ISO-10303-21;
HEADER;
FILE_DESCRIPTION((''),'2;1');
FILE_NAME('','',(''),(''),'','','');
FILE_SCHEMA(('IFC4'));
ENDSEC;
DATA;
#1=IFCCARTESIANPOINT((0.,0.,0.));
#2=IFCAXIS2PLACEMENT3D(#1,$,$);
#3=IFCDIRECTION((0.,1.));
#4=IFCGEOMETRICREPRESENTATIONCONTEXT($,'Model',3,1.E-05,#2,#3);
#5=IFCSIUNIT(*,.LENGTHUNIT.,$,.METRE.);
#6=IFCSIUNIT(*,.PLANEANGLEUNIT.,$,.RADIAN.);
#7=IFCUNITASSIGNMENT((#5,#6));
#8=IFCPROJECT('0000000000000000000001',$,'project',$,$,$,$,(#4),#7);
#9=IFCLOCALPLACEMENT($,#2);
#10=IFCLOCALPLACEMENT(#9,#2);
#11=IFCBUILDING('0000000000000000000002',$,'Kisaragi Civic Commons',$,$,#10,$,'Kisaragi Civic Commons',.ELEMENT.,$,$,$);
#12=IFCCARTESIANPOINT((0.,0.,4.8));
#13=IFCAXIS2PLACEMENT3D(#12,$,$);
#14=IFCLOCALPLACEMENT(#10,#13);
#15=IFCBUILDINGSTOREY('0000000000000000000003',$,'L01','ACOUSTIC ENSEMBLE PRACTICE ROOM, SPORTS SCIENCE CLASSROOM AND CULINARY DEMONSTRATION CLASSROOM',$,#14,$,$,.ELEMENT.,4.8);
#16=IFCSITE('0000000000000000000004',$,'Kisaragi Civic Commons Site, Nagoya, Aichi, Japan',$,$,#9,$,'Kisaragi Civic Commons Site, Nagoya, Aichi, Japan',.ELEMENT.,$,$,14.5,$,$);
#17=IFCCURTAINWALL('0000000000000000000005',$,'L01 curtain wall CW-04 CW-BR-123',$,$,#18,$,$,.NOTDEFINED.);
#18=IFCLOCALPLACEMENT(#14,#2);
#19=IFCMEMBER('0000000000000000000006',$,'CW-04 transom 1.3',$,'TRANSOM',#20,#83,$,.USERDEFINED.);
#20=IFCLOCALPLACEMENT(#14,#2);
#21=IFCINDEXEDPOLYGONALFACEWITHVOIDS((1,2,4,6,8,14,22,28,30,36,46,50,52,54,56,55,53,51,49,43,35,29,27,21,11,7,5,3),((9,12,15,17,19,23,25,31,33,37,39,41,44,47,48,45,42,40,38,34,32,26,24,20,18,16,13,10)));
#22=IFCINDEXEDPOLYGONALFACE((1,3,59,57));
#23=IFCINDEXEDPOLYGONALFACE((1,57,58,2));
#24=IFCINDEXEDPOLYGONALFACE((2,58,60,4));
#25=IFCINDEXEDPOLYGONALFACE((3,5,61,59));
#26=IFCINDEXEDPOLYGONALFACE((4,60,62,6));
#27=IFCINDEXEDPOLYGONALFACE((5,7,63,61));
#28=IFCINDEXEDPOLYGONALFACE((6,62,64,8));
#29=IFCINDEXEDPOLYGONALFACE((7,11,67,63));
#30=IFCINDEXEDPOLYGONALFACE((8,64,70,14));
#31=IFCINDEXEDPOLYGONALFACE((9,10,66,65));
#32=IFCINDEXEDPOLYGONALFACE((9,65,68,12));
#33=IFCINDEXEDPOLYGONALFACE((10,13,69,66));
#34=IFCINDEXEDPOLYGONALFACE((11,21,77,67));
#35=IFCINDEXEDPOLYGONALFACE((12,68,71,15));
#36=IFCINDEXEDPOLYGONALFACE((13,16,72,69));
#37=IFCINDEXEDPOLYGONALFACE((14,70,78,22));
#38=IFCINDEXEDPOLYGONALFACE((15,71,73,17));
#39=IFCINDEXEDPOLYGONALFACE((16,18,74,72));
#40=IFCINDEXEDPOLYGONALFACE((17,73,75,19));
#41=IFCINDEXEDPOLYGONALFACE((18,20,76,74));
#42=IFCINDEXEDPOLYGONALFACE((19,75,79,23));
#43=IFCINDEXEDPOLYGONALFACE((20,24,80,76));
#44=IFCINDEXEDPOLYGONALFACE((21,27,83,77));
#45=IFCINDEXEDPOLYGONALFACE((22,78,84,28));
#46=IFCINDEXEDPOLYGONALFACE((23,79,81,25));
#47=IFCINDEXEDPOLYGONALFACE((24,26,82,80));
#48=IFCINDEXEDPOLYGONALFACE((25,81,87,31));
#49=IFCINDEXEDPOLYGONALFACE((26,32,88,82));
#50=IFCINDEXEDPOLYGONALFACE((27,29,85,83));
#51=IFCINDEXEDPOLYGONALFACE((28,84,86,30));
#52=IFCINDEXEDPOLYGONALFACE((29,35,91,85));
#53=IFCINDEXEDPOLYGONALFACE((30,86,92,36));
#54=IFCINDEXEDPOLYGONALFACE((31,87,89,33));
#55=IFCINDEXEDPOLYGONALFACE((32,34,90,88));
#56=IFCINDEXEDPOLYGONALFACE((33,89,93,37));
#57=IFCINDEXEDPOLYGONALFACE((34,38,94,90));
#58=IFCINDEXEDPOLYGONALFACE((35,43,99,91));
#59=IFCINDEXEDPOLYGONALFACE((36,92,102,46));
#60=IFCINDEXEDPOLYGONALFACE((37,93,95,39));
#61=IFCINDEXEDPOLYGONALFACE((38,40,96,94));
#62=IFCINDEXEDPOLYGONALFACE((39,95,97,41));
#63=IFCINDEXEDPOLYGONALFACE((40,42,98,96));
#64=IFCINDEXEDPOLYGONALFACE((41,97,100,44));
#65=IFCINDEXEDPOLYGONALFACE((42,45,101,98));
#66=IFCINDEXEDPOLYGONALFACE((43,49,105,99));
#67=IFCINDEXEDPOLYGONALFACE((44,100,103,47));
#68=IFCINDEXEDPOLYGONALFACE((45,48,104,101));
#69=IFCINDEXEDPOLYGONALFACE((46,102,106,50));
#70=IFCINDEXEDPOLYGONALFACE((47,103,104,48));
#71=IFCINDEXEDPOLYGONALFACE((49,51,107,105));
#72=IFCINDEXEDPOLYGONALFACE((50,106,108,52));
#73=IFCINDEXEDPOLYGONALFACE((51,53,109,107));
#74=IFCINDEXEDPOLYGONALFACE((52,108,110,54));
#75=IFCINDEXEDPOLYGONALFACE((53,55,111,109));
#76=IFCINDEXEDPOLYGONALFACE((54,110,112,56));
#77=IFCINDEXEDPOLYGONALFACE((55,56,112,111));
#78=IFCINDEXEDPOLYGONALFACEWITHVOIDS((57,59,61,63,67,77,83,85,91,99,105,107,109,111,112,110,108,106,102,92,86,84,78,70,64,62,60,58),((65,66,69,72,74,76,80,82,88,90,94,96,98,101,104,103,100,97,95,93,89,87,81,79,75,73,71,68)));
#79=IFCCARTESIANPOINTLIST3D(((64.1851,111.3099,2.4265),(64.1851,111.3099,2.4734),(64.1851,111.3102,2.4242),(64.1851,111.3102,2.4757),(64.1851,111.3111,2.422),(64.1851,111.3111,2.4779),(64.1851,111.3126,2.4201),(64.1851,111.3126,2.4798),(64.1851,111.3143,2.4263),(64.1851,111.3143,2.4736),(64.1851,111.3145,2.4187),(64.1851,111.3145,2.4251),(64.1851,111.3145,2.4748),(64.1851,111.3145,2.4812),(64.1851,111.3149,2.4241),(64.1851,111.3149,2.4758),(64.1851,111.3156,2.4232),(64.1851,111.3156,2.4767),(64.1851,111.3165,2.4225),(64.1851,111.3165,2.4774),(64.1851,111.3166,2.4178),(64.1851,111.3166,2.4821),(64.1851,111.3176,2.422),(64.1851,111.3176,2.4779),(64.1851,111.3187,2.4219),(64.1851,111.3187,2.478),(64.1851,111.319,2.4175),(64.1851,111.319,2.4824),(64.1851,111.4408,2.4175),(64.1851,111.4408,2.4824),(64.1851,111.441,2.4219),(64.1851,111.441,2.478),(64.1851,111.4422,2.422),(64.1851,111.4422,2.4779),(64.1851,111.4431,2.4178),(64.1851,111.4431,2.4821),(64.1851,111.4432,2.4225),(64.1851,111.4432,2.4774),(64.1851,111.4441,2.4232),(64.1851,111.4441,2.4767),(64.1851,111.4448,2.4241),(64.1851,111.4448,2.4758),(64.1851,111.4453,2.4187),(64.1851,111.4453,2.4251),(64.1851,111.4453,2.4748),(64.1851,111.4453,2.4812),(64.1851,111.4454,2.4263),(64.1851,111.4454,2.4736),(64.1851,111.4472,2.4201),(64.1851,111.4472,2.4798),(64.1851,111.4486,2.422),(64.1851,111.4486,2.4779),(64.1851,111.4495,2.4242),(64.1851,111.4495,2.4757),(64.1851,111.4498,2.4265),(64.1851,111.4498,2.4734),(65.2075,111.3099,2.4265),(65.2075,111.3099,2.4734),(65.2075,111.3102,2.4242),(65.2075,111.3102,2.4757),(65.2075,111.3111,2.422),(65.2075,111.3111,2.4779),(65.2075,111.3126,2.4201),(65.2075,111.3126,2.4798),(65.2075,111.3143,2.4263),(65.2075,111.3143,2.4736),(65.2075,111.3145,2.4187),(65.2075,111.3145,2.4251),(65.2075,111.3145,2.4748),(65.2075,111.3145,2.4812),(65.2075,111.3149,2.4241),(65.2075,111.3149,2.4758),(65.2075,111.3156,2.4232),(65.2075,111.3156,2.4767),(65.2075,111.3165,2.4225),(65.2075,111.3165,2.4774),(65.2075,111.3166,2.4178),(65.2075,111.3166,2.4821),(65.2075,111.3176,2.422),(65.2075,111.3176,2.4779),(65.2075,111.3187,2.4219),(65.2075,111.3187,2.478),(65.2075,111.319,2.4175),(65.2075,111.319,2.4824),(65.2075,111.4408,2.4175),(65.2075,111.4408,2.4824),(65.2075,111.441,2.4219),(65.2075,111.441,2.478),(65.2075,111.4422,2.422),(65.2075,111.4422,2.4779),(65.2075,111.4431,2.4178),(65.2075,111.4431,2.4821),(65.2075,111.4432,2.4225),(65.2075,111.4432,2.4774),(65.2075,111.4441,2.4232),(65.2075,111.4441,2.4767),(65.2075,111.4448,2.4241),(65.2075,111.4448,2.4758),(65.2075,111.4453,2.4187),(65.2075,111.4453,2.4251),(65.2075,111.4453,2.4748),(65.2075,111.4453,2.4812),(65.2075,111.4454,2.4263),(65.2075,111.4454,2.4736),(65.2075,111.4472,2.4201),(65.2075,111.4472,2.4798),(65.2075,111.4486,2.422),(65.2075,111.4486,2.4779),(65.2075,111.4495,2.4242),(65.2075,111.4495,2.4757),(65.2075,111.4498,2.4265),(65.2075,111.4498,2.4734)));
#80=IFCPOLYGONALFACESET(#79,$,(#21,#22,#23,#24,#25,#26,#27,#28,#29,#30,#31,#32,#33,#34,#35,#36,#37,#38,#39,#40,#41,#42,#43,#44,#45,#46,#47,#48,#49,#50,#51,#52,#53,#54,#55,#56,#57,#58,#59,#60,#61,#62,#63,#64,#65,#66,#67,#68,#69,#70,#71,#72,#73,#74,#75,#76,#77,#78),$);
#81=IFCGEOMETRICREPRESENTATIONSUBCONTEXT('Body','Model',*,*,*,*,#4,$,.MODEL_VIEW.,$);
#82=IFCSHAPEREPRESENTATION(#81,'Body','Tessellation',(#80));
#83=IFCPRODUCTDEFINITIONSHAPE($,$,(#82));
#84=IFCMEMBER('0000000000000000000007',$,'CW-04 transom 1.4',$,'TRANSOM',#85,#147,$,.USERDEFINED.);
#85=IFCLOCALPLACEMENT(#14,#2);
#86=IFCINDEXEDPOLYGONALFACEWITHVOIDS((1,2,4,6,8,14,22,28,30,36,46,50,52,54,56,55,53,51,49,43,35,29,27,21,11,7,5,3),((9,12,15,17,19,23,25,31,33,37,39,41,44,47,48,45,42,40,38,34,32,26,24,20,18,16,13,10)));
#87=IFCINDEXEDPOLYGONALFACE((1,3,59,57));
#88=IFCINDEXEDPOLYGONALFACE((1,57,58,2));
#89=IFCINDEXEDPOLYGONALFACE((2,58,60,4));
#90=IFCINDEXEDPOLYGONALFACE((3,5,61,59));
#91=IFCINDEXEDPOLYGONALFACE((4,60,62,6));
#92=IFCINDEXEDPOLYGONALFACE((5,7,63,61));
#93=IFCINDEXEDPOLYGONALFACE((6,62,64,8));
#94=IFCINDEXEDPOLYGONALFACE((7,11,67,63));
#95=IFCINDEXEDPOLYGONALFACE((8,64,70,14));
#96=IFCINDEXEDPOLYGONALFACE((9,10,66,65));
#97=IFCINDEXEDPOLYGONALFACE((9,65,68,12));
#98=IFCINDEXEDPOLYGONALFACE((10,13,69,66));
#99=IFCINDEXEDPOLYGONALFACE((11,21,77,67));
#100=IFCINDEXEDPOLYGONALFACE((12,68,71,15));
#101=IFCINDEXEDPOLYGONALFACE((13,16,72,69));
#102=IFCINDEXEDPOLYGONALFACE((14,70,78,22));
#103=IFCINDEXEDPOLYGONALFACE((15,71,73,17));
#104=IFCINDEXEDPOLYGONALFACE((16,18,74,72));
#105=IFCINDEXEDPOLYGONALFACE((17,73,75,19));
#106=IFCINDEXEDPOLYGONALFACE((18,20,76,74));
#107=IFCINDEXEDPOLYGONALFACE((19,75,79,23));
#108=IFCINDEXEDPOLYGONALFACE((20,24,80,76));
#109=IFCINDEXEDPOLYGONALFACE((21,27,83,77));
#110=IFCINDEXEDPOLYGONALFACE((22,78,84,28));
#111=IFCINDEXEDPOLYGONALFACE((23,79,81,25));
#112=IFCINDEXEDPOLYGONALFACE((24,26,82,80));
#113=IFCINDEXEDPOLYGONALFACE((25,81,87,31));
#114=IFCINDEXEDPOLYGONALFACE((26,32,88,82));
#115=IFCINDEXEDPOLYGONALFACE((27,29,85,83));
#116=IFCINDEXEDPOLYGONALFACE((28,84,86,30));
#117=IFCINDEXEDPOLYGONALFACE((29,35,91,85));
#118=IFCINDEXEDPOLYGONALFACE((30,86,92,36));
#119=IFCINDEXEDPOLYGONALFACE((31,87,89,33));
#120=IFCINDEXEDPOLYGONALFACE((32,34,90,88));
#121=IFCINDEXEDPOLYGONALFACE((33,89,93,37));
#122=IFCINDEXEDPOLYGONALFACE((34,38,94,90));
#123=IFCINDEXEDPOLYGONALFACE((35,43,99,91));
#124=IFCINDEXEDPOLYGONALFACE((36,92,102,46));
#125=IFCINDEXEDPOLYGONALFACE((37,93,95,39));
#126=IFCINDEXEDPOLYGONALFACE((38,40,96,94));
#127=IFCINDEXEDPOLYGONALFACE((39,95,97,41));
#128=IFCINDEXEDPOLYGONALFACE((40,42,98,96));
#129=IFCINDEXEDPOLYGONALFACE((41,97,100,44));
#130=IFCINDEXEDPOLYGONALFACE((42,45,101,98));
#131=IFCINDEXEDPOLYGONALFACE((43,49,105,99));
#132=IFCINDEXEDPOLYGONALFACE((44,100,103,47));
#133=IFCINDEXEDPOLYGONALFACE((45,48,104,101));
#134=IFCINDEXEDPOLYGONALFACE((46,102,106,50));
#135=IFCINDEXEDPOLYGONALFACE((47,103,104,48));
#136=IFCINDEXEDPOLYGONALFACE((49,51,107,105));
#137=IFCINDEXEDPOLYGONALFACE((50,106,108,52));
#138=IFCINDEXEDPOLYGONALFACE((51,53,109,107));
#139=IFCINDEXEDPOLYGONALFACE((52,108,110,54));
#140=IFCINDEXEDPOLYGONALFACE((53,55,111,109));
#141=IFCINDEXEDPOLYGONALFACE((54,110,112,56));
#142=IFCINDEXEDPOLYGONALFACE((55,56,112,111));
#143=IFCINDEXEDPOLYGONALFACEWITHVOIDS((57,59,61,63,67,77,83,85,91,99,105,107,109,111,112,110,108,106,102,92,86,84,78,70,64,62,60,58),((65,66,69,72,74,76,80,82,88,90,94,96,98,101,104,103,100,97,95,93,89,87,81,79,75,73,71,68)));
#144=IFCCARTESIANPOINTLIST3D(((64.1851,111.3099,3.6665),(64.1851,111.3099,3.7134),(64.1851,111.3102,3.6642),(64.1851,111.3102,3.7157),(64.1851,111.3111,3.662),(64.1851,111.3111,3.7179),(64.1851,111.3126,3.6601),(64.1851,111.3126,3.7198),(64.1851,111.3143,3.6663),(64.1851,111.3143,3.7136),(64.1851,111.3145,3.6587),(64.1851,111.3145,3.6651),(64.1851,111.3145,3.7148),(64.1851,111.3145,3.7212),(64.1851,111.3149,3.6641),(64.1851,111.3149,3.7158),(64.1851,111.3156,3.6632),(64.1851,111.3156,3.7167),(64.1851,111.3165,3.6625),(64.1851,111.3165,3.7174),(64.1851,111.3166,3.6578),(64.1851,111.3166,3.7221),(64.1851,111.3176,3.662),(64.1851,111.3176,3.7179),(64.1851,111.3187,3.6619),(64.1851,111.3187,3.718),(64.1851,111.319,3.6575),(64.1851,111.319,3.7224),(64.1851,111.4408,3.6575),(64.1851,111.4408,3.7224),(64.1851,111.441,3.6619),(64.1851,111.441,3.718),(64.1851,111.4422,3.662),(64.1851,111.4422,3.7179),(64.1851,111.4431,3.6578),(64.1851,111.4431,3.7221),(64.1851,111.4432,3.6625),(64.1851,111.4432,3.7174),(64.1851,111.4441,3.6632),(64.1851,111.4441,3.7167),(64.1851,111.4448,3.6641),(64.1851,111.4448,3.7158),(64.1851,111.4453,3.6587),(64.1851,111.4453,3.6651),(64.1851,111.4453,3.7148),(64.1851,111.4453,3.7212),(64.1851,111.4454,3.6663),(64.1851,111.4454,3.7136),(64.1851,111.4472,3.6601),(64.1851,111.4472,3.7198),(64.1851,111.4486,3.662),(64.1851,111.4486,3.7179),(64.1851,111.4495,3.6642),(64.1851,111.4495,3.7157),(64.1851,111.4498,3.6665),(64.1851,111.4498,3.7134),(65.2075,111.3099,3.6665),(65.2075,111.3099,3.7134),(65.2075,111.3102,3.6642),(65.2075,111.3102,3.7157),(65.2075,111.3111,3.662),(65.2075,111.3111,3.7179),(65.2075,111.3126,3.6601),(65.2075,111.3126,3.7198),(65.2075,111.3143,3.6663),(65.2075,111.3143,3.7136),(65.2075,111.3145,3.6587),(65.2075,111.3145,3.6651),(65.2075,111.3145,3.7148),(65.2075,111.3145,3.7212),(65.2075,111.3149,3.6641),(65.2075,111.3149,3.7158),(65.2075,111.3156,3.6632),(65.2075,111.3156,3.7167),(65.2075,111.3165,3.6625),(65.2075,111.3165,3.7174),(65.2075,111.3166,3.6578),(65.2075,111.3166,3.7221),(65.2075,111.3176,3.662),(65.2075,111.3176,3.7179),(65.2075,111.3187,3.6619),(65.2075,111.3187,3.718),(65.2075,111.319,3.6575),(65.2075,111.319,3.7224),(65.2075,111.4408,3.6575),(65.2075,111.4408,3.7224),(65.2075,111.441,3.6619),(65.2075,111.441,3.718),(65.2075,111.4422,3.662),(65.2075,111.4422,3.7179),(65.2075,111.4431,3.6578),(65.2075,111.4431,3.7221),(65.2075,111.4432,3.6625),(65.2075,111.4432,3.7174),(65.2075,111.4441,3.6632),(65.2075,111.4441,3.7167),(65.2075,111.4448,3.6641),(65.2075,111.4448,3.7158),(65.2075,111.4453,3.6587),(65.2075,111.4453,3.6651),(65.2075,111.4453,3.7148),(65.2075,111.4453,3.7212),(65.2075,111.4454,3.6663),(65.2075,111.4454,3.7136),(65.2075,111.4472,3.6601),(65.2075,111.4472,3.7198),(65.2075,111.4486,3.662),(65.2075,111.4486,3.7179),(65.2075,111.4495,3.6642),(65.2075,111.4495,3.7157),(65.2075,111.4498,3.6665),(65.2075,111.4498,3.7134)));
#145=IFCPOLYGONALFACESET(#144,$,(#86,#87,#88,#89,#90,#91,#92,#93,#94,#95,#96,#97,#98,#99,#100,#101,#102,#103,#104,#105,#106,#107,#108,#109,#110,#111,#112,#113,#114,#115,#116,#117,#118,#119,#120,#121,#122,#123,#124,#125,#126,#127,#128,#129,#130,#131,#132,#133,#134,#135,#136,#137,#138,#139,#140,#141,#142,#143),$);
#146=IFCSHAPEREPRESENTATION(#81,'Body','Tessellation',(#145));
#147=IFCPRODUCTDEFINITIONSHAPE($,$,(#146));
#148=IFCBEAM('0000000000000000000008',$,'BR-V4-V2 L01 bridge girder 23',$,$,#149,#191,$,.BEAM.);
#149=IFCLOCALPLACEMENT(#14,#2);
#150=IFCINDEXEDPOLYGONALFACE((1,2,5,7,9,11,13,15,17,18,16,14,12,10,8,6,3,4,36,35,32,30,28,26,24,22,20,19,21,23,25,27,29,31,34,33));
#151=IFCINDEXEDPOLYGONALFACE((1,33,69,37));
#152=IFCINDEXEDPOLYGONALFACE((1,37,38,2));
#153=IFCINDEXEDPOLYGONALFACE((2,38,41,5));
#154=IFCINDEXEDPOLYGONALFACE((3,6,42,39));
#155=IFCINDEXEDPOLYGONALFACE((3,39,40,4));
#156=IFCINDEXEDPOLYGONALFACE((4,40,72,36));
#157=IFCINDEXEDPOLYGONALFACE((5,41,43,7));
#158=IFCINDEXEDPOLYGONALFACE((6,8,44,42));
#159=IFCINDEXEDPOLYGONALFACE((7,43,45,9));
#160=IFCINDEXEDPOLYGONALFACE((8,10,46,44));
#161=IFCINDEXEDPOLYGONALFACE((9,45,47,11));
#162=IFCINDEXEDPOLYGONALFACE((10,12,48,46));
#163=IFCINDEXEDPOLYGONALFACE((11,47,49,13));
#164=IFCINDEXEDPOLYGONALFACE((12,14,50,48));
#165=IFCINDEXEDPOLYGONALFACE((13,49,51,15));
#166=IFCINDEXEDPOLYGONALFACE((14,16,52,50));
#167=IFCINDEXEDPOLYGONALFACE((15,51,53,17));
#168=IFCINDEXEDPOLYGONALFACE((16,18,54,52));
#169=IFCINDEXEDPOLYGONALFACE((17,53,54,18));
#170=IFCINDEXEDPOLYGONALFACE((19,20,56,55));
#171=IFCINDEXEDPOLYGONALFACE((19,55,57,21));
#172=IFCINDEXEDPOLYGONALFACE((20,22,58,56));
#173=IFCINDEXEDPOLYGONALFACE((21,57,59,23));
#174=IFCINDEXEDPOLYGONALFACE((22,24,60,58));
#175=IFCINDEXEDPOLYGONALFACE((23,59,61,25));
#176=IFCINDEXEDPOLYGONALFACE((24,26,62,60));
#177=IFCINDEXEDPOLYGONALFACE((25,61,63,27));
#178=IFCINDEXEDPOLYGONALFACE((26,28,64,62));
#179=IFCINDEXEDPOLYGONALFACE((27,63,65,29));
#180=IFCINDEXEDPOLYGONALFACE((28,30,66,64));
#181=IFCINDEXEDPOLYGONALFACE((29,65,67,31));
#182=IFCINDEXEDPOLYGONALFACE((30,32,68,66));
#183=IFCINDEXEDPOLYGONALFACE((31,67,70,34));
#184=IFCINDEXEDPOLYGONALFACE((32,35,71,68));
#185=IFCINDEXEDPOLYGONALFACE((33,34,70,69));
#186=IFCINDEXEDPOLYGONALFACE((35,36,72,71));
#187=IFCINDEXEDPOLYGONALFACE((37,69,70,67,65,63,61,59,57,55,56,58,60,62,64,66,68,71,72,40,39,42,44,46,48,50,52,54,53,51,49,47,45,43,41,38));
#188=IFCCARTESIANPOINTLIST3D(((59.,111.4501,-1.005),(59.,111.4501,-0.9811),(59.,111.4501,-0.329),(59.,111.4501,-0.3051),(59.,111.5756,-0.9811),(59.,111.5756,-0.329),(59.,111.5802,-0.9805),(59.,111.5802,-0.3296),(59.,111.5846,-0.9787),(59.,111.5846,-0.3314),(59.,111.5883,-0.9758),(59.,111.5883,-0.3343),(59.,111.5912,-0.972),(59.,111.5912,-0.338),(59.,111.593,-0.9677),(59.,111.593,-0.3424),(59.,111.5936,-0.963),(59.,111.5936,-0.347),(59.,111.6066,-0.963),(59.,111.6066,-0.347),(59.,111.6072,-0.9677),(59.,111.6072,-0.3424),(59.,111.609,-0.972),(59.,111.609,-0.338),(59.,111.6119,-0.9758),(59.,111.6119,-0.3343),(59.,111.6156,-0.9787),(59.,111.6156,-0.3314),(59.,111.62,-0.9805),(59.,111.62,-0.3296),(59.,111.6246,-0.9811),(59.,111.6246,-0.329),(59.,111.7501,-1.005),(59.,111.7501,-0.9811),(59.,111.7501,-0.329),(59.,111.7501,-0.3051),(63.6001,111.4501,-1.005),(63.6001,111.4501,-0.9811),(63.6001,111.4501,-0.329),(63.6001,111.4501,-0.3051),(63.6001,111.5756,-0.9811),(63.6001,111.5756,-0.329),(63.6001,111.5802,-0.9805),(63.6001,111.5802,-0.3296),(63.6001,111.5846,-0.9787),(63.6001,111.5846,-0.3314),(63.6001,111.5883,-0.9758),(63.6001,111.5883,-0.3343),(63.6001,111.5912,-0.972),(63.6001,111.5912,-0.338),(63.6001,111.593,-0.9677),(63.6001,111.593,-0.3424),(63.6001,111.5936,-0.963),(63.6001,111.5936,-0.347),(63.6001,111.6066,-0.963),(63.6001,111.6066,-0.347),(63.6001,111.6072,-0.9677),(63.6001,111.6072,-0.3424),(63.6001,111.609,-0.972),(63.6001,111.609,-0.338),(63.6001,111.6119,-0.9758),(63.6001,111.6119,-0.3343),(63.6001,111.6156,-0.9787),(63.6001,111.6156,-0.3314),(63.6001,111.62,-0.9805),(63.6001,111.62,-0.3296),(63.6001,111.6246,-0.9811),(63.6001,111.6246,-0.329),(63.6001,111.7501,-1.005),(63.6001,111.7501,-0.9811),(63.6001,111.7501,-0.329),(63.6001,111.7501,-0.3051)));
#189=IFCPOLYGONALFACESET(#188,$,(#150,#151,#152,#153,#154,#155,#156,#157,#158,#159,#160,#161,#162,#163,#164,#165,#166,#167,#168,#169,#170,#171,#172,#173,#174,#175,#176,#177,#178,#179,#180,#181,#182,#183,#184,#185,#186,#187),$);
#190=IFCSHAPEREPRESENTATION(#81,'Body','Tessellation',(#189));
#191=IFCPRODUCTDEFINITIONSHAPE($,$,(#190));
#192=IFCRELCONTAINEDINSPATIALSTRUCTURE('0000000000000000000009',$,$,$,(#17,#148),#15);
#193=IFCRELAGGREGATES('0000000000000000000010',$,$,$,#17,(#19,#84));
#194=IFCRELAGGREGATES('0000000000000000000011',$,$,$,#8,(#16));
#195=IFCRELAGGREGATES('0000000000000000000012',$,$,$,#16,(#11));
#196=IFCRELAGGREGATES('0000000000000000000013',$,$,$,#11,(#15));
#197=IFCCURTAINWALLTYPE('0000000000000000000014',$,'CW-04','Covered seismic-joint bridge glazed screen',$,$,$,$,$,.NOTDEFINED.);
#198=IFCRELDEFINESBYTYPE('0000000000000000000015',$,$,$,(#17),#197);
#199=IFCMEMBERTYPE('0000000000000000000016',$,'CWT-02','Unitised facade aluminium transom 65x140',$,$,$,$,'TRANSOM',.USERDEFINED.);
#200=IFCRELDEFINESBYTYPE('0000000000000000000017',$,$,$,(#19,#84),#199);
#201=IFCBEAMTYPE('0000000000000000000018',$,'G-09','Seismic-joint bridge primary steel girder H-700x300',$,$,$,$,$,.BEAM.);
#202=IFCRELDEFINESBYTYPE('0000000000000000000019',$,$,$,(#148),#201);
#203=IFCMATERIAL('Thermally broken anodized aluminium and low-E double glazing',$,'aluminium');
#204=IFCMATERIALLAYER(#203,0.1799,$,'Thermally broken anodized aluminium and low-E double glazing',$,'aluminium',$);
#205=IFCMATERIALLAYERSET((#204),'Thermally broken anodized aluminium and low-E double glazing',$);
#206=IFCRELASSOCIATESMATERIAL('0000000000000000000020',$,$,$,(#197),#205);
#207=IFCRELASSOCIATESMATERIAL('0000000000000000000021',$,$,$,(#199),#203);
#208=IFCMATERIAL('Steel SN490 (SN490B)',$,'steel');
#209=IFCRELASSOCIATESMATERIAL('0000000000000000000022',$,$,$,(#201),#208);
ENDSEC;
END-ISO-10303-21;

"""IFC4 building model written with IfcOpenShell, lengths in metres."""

from ifc_helpers import new_model, si_unit, direction, frame, origin, origin_2d, place, context, subcontext, project, spatial, hollow_rectangle, i_section, extrude, material, layer, layer_set, material_profile, profile_set, type_object, element, aggregate, save


model = new_model("IFC4")

# Units and contexts
model_context = context("Model", 3, precision=1e-05, world=origin(), true_north=direction((0.0, 1.0)))
body_context = subcontext(model_context, "Body", "Model", "MODEL_VIEW")
ifc_project = project(units=[si_unit("LENGTHUNIT", "METRE"), si_unit("PLANEANGLEUNIT", "RADIAN")], contexts=[model_context])

# Site, building, storey
site_placement = place(None, origin())
site = spatial("IfcSite", under=ifc_project, at=site_placement, Name="Kisaragi Civic Commons Site, Nagoya, Aichi, Japan", LongName="Kisaragi Civic Commons Site, Nagoya, Aichi, Japan", CompositionType="ELEMENT", RefElevation=14.5)
building_placement = place(site_placement, origin())
building = spatial("IfcBuilding", under=site, at=building_placement, Name="Kisaragi Civic Commons", LongName="Kisaragi Civic Commons", CompositionType="ELEMENT")
storey_placement = place(building_placement, frame((0.0, 0.0, 4.8)))
storey = spatial("IfcBuildingStorey", under=building, at=storey_placement, Name="L01", Description="ACOUSTIC ENSEMBLE PRACTICE ROOM, SPORTS SCIENCE CLASSROOM AND CULINARY DEMONSTRATION CLASSROOM", CompositionType="ELEMENT", Elevation=4.8)

# Shared definitions
ifc_material_1 = material(Name="Thermally broken anodized aluminium and low-E double glazing", Category="aluminium")
ifc_layer_1 = layer(ifc_material_1, 0.1799, Name="Thermally broken anodized aluminium and low-E double glazing", Category="aluminium")
ifc_layer_set_1 = layer_set([ifc_layer_1], Name="Thermally broken anodized aluminium and low-E double glazing")
curtain_wall_type = type_object("IfcCurtainWallType", Name="CW-04", Description="Covered seismic-joint bridge glazed screen", PredefinedType="NOTDEFINED", material=ifc_layer_set_1)

# Curtain wall
curtain_wall_1_placement = place(storey_placement, origin())
curtain_wall_1 = element("IfcCurtainWall", 1, at=curtain_wall_1_placement, inside=storey, type_object=curtain_wall_type, Name="L01 curtain wall CW-04 CW-BR-123", PredefinedType="NOTDEFINED")

# Members
ifc_material_profile_1 = material_profile(ifc_material_1, hollow_rectangle(XDim=0.1399, YDim=0.0649, WallThickness=0.0044, InnerFilletRadius=0.0044, OuterFilletRadius=0.009, at=origin_2d()), Name="CWT-65x140x4.5", Category="aluminium")
ifc_profile_set_1 = profile_set([ifc_material_profile_1], Name="Thermally broken anodized aluminium and low-E double glazing")
member_type_1 = type_object("IfcMemberType", Name="CWT-02", Description="Unitised facade aluminium transom 65x140", ElementType="TRANSOM", PredefinedType="USERDEFINED", material=ifc_profile_set_1)
member_1_placement = place(storey_placement, frame((64.1851, 111.3799, 2.45), z_axis=(1.0, 0.0, 0.0), x_axis=(0.0, 1.0, 0.0)))
member_1 = element("IfcMember", 2, at=member_1_placement, type_object=member_type_1, Name="CW-04 transom 1.3", ObjectType="TRANSOM", PredefinedType="USERDEFINED", context=body_context, shape_type="SweptSolid", body=[
    extrude(hollow_rectangle(XDim=0.1399, YDim=0.0649, WallThickness=0.0044, InnerFilletRadius=0.0044, OuterFilletRadius=0.009, at=origin_2d()), origin(), (0.0, 0.0, 1.0), 1.0225),
])
member_2_placement = place(storey_placement, frame((64.1851, 111.3799, 3.6899), z_axis=(1.0, 0.0, 0.0), x_axis=(0.0, 1.0, 0.0)))
member_2 = element("IfcMember", 3, at=member_2_placement, type_object=member_type_1, Name="CW-04 transom 1.4", ObjectType="TRANSOM", PredefinedType="USERDEFINED", context=body_context, shape_type="SweptSolid", body=[
    extrude(hollow_rectangle(XDim=0.1399, YDim=0.0649, WallThickness=0.0044, InnerFilletRadius=0.0044, OuterFilletRadius=0.009, at=origin_2d()), origin(), (0.0, 0.0, 1.0), 1.0225),
])

# Beam
ifc_material_2 = material(Name="Steel SN490 (SN490B)", Category="steel")
ifc_material_profile_2 = material_profile(ifc_material_2, i_section(OverallWidth=0.3, OverallDepth=0.7, WebThickness=0.0129, FlangeThickness=0.0239, FilletRadius=0.0181, at=origin_2d()), Name="H-700x300x13x24", Category="steel")
ifc_profile_set_2 = profile_set([ifc_material_profile_2], Name="Steel SN490 (SN490B)")
beam_type_1 = type_object("IfcBeamType", Name="G-09", Description="Seismic-joint bridge primary steel girder H-700x300", PredefinedType="BEAM", material=ifc_profile_set_2)
beam_1_placement = place(storey_placement, frame((63.6001, 111.6001, -0.655), z_axis=(-1.0, 0.0, 0.0), x_axis=(0.0, -1.0, 0.0)))
element("IfcBeam", 4, at=beam_1_placement, inside=storey, type_object=beam_type_1, Name="BR-V4-V2 L01 bridge girder 23", PredefinedType="BEAM", context=body_context, shape_type="SweptSolid", body=[
    extrude(i_section(OverallWidth=0.3, OverallDepth=0.7, WebThickness=0.0129, FlangeThickness=0.0239, FilletRadius=0.0181, at=origin_2d()), origin(), (0.0, 0.0, 1.0), 4.6001),
])

aggregate(curtain_wall_1, [member_1, member_2])

save(model, "model.ifc")
